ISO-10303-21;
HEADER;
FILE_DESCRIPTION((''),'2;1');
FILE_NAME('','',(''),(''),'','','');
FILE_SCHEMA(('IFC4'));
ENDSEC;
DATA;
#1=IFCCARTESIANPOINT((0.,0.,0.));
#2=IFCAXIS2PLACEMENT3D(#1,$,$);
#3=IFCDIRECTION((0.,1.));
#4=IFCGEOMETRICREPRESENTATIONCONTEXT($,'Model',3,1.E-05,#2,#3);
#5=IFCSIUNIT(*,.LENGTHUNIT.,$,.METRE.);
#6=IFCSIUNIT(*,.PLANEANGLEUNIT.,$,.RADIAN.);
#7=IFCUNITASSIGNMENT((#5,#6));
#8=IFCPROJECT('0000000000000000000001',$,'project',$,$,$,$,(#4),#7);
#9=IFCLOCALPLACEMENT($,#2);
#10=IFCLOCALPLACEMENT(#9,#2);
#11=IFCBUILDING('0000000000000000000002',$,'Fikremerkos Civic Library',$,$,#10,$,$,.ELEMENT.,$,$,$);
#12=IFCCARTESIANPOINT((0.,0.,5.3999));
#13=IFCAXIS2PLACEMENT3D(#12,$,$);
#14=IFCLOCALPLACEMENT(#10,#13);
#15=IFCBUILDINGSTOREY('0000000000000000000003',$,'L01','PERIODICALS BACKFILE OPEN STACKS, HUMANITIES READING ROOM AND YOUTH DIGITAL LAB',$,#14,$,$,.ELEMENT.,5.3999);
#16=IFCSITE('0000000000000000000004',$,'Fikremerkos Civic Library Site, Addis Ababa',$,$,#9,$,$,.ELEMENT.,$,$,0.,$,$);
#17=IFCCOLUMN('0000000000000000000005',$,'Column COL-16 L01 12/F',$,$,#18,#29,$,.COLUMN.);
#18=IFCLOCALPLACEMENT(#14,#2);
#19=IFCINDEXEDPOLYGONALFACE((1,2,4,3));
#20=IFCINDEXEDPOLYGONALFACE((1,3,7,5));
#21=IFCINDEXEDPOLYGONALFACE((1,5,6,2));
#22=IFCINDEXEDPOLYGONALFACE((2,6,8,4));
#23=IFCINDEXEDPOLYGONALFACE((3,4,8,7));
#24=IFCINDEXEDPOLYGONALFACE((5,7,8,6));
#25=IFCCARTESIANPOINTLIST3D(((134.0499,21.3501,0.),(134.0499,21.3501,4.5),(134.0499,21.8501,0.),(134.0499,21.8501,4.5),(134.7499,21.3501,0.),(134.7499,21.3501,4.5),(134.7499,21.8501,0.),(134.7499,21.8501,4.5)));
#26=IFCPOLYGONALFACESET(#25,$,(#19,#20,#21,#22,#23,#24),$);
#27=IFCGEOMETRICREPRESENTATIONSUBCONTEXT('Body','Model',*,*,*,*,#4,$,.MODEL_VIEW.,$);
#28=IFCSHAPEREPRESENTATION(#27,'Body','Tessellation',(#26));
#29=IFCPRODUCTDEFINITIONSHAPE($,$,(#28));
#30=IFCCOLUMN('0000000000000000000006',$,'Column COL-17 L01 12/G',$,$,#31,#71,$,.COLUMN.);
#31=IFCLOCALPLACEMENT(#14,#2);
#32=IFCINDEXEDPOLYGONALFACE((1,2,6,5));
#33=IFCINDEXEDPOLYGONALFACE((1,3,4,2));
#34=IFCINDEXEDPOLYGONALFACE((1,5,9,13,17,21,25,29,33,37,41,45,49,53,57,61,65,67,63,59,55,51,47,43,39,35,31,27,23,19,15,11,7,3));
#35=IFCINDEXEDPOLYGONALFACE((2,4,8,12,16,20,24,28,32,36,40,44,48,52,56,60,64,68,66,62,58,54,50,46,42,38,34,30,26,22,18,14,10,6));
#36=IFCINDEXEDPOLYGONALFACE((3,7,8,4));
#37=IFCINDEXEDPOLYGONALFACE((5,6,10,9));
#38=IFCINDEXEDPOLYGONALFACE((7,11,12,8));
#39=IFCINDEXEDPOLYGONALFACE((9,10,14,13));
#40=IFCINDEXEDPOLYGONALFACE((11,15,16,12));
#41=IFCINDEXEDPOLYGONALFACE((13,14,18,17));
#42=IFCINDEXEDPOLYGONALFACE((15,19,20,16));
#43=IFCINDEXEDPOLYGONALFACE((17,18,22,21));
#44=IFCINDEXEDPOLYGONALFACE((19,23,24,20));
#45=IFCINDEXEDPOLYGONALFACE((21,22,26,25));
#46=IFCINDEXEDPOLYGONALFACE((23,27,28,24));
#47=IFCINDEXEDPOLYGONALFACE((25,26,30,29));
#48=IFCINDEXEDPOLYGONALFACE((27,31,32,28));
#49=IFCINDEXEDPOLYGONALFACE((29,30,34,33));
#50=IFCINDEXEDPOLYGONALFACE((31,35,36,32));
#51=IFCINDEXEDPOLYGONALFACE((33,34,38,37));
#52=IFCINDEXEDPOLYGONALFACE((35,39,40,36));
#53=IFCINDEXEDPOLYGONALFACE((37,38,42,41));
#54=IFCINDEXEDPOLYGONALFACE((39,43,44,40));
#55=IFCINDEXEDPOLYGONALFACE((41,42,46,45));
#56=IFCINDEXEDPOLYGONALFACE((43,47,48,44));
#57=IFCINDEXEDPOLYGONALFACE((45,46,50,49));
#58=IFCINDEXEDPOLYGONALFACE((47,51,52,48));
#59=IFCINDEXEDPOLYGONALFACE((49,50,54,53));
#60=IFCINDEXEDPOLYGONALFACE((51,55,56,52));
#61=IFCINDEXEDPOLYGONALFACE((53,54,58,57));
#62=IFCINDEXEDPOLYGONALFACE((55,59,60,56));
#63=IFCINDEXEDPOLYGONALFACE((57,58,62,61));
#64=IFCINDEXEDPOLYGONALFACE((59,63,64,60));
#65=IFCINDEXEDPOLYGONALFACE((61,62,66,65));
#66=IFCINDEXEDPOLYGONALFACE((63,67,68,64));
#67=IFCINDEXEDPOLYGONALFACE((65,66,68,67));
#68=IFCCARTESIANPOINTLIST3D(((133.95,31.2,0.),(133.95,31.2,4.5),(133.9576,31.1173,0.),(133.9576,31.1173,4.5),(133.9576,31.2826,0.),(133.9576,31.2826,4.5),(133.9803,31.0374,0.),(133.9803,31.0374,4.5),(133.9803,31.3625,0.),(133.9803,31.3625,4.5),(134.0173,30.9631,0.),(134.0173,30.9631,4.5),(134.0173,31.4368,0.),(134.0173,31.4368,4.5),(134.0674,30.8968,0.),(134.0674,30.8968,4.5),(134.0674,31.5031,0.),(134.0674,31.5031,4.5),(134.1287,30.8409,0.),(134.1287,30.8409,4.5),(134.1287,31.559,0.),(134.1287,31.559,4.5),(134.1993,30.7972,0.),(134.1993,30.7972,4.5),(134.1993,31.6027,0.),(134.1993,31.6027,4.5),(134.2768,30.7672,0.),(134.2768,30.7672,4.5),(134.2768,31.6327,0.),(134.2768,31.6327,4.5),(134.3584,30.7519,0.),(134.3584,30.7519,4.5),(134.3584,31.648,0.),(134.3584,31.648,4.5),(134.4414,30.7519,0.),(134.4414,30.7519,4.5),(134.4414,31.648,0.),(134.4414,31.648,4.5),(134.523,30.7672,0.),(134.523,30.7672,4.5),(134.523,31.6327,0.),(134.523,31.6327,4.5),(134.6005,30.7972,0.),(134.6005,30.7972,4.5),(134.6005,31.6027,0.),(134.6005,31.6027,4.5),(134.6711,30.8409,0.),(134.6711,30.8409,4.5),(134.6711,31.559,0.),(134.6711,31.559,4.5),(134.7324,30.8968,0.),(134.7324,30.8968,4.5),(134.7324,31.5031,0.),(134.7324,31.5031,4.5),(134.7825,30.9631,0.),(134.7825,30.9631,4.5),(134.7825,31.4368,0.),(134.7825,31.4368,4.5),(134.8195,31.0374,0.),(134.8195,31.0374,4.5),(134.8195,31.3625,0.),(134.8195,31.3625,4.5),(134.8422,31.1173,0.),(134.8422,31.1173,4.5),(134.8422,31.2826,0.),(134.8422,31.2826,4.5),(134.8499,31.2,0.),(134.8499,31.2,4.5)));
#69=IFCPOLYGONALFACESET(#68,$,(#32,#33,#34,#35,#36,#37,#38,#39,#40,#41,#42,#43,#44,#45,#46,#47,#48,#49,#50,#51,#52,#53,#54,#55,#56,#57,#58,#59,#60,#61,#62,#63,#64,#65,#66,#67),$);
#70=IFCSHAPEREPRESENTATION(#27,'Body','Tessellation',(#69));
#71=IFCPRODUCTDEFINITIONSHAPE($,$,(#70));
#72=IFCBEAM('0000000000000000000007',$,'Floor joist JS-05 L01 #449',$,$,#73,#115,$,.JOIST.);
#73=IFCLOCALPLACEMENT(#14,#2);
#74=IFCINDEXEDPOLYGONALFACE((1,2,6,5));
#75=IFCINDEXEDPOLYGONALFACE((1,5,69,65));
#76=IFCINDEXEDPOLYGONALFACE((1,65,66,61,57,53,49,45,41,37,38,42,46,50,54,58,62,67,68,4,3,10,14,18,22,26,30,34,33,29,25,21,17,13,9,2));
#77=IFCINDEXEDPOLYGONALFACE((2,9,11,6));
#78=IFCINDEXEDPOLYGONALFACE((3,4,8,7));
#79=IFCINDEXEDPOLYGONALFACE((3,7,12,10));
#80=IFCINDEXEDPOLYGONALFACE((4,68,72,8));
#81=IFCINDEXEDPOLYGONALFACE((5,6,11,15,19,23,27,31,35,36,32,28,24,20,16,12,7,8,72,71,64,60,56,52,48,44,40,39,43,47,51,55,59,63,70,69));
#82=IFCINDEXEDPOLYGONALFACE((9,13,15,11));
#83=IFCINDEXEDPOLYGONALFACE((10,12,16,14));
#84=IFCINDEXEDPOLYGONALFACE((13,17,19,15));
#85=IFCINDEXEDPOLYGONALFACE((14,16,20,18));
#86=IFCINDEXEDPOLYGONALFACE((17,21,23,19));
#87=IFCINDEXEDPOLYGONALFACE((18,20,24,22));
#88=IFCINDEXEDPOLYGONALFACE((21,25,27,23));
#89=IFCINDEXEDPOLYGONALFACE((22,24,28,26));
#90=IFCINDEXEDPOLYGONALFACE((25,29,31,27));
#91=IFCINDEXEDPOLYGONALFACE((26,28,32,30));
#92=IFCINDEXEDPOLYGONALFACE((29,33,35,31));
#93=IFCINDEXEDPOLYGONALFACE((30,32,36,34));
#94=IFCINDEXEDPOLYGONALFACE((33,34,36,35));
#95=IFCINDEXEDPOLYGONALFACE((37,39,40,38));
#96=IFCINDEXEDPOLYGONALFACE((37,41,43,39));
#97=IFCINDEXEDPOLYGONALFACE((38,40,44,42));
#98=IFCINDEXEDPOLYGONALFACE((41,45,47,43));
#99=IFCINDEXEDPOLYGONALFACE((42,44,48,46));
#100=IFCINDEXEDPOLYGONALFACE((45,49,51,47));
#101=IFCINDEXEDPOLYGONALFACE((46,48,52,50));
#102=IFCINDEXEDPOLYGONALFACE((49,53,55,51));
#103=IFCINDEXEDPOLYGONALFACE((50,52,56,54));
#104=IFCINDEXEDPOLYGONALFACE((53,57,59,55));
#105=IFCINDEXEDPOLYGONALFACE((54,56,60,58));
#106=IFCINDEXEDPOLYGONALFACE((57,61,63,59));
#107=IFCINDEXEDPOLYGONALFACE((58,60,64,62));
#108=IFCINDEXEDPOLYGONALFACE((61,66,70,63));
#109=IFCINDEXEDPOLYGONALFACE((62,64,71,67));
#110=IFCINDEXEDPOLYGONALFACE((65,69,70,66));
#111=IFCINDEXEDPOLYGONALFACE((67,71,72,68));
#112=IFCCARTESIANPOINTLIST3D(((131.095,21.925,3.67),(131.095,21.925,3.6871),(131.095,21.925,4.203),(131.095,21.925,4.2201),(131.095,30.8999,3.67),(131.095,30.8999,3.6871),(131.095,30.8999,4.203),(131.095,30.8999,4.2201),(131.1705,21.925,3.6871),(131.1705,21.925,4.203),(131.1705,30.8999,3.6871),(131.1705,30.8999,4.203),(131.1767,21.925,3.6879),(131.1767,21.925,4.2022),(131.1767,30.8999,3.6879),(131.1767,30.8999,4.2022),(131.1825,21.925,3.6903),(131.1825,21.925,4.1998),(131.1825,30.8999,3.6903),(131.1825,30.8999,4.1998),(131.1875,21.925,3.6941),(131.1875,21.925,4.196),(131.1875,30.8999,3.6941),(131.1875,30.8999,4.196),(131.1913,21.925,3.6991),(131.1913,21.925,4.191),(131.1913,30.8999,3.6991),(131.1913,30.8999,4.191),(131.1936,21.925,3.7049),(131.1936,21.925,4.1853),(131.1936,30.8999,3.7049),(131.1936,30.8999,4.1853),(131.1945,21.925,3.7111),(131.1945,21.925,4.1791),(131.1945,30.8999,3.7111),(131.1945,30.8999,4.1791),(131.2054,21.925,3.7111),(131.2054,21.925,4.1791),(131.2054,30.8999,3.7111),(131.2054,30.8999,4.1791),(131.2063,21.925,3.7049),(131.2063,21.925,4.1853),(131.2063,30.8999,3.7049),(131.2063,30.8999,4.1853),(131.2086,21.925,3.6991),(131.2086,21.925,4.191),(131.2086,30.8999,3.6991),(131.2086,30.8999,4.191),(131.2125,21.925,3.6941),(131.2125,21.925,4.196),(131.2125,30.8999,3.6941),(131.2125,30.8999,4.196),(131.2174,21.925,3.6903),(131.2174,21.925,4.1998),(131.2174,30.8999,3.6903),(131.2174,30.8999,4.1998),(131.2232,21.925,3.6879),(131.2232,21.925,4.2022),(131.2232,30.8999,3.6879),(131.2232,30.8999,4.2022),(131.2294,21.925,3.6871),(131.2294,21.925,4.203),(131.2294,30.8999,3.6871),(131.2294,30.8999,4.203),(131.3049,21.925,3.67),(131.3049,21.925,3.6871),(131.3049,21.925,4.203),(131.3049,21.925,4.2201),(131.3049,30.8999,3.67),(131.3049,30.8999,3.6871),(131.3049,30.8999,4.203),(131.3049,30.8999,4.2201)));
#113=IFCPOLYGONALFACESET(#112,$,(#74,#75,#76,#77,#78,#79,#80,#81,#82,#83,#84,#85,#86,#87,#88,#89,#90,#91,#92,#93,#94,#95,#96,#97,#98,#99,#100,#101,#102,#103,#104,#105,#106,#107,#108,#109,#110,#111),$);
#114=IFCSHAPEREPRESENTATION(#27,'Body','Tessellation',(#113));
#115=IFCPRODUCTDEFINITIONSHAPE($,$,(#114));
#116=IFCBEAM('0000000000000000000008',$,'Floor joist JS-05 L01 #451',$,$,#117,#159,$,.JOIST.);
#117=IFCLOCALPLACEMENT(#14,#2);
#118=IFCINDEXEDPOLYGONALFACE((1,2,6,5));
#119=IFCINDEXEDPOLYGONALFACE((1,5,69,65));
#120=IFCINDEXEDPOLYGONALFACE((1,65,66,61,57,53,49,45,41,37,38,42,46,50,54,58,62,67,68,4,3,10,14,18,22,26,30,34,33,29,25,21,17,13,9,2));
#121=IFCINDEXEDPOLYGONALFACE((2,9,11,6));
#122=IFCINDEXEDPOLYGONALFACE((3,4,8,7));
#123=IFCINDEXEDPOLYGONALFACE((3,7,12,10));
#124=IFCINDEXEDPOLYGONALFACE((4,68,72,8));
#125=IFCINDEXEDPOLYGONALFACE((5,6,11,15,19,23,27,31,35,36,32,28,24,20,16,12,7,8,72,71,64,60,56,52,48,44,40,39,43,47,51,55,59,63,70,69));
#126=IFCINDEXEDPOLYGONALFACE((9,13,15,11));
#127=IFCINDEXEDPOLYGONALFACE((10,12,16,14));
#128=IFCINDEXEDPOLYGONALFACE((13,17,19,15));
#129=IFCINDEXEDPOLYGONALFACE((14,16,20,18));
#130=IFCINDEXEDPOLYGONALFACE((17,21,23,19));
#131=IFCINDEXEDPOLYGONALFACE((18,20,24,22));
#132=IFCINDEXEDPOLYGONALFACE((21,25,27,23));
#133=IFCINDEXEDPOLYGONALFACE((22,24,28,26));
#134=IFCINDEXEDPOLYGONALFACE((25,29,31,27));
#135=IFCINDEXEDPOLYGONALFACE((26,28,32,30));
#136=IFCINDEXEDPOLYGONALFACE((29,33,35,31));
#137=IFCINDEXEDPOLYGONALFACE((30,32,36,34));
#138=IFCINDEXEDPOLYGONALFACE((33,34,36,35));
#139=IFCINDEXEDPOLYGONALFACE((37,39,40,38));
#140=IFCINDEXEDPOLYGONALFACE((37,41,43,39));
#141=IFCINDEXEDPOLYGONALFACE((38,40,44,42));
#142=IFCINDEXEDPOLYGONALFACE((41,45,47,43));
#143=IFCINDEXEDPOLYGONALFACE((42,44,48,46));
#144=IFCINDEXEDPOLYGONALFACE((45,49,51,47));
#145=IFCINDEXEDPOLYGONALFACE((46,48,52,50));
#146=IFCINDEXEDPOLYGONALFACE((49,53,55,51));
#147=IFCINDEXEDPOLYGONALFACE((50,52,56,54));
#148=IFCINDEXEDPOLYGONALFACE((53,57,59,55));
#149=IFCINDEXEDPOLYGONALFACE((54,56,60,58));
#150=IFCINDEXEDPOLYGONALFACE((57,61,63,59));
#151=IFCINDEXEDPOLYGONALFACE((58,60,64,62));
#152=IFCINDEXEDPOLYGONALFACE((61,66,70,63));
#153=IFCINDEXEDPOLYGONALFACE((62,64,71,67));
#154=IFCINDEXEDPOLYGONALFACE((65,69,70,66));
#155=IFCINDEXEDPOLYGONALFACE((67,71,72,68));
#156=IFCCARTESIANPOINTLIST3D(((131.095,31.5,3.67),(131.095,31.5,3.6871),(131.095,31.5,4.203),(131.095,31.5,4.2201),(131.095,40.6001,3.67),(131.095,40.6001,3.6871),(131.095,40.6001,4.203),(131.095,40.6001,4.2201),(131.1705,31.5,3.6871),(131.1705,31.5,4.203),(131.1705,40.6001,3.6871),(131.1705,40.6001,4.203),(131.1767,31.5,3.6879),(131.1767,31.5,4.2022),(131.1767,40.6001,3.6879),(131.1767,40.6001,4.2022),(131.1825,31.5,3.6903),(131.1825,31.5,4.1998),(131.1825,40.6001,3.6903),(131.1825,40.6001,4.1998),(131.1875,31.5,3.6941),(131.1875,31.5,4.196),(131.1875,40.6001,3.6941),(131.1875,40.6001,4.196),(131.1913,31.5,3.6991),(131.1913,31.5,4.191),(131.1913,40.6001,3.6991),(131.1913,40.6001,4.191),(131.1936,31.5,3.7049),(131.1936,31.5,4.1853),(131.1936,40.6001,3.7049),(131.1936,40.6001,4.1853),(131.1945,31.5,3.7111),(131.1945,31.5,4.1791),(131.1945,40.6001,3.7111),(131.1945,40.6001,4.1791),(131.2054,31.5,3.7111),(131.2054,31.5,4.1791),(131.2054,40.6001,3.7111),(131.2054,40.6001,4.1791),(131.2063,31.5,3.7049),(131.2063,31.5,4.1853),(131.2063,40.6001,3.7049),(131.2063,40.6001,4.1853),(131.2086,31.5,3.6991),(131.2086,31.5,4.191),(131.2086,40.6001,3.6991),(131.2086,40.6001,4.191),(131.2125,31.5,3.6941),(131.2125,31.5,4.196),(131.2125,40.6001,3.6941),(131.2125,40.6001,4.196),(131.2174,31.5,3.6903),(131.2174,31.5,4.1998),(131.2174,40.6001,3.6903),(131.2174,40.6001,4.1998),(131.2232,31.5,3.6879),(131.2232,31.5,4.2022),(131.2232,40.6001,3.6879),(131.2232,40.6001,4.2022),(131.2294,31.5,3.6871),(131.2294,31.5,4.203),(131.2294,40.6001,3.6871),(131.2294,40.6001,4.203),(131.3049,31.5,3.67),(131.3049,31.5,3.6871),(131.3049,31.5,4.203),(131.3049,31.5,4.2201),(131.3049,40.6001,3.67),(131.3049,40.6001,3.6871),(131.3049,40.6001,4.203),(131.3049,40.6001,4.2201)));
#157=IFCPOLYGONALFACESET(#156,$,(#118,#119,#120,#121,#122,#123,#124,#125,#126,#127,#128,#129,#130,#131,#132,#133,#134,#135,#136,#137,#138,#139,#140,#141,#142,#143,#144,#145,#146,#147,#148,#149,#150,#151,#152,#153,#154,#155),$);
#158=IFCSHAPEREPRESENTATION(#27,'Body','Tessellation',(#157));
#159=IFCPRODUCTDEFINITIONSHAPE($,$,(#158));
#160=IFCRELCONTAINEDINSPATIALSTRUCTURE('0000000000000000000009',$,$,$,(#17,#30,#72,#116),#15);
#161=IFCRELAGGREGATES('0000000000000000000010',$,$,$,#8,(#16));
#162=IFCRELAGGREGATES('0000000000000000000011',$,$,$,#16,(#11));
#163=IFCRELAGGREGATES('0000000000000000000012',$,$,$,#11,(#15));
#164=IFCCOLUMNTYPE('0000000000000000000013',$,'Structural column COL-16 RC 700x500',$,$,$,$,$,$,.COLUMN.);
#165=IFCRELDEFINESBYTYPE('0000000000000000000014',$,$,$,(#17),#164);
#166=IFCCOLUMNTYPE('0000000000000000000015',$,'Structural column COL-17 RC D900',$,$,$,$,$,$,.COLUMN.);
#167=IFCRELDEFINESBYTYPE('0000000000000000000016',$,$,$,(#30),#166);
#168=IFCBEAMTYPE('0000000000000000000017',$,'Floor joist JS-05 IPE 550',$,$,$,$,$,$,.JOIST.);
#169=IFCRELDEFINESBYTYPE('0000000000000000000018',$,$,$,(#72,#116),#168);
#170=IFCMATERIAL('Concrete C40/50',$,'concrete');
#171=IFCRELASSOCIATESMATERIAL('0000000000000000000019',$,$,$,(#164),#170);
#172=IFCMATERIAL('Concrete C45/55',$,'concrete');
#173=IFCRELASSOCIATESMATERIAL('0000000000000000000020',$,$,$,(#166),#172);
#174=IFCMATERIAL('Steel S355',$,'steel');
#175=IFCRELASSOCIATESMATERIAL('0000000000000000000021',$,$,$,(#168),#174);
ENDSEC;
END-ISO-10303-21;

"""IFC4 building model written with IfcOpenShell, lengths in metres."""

from ifc_helpers import new_model, si_unit, direction, frame, origin, origin_2d, place, context, subcontext, project, spatial, rectangle, circle, i_section, extrude, material, material_profile, profile_set, type_object, element, save


model = new_model("IFC4")

# Units and contexts
model_context = context("Model", 3, precision=1e-05, world=origin(), true_north=direction((0.0, 1.0)))
body_context = subcontext(model_context, "Body", "Model", "MODEL_VIEW")
ifc_project = project(units=[si_unit("LENGTHUNIT", "METRE"), si_unit("PLANEANGLEUNIT", "RADIAN")], contexts=[model_context])

# Site, building, storey
site_placement = place(None, origin())
site = spatial("IfcSite", under=ifc_project, at=site_placement, Name="Fikremerkos Civic Library Site, Addis Ababa", CompositionType="ELEMENT", RefElevation=0.0)
building_placement = place(site_placement, origin())
building = spatial("IfcBuilding", under=site, at=building_placement, Name="Fikremerkos Civic Library", CompositionType="ELEMENT")
storey_placement = place(building_placement, frame((0.0, 0.0, 5.3999)))
storey = spatial("IfcBuildingStorey", under=building, at=storey_placement, Name="L01", Description="PERIODICALS BACKFILE OPEN STACKS, HUMANITIES READING ROOM AND YOUTH DIGITAL LAB", CompositionType="ELEMENT", Elevation=5.3999)

# Columns
ifc_material_1 = material(Name="Concrete C40/50", Category="concrete")
ifc_material_profile_1 = material_profile(ifc_material_1, rectangle(XDim=0.7, YDim=0.5, at=origin_2d()), Name="RC 700x500")
ifc_profile_set_1 = profile_set([ifc_material_profile_1], Name="Concrete C40/50")
column_type_1 = type_object("IfcColumnType", Name="Structural column COL-16 RC 700x500", PredefinedType="COLUMN", material=ifc_profile_set_1)
column_1_placement = place(storey_placement, frame((134.3999, 21.6001, 0.0), z_axis=(0.0, 0.0, 1.0), x_axis=(1.0, 0.0, 0.0)))
element("IfcColumn", 1, at=column_1_placement, inside=storey, type_object=column_type_1, Name="Column COL-16 L01 12/F", PredefinedType="COLUMN", context=body_context, shape_type="SweptSolid", body=[
    extrude(rectangle(XDim=0.7, YDim=0.5, at=origin_2d()), origin(), (0.0, 0.0, 1.0), 4.5),
])
ifc_material_2 = material(Name="Concrete C45/55", Category="concrete")
ifc_material_profile_2 = material_profile(ifc_material_2, circle(Radius=0.45, at=origin_2d()), Name="RC D900")
ifc_profile_set_2 = profile_set([ifc_material_profile_2], Name="Concrete C45/55")
column_type_2 = type_object("IfcColumnType", Name="Structural column COL-17 RC D900", PredefinedType="COLUMN", material=ifc_profile_set_2)
column_2_placement = place(storey_placement, frame((134.3999, 31.2, 0.0), z_axis=(0.0, 0.0, 1.0), x_axis=(1.0, 0.0, 0.0)))
element("IfcColumn", 2, at=column_2_placement, inside=storey, type_object=column_type_2, Name="Column COL-17 L01 12/G", PredefinedType="COLUMN", context=body_context, shape_type="SweptSolid", body=[
    extrude(circle(Radius=0.45, at=origin_2d()), origin(), (0.0, 0.0, 1.0), 4.5),
])

# Beams
ifc_material_3 = material(Name="Steel S355", Category="steel")
ifc_material_profile_3 = material_profile(ifc_material_3, i_section(OverallWidth=0.21, OverallDepth=0.55, WebThickness=0.011, FlangeThickness=0.0171, FilletRadius=0.0239, at=origin_2d()), Name="IPE 550")
ifc_profile_set_3 = profile_set([ifc_material_profile_3], Name="Steel S355")
beam_type_1 = type_object("IfcBeamType", Name="Floor joist JS-05 IPE 550", PredefinedType="JOIST", material=ifc_profile_set_3)
beam_1_placement = place(storey_placement, frame((131.2, 21.925, 3.9451), z_axis=(0.0, 1.0, 0.0), x_axis=(-1.0, 0.0, 0.0)))
element("IfcBeam", 3, at=beam_1_placement, inside=storey, type_object=beam_type_1, Name="Floor joist JS-05 L01 #449", PredefinedType="JOIST", context=body_context, shape_type="SweptSolid", body=[
    extrude(i_section(OverallWidth=0.21, OverallDepth=0.55, WebThickness=0.011, FlangeThickness=0.0171, FilletRadius=0.0239, at=origin_2d()), origin(), (0.0, 0.0, 1.0), 8.9749),
])
beam_2_placement = place(storey_placement, frame((131.2, 31.5, 3.9451), z_axis=(0.0, 1.0, 0.0), x_axis=(-1.0, 0.0, 0.0)))
element("IfcBeam", 4, at=beam_2_placement, inside=storey, type_object=beam_type_1, Name="Floor joist JS-05 L01 #451", PredefinedType="JOIST", context=body_context, shape_type="SweptSolid", body=[
    extrude(i_section(OverallWidth=0.21, OverallDepth=0.55, WebThickness=0.011, FlangeThickness=0.0171, FilletRadius=0.0239, at=origin_2d()), origin(), (0.0, 0.0, 1.0), 9.1001),
])

save(model, "model.ifc")
